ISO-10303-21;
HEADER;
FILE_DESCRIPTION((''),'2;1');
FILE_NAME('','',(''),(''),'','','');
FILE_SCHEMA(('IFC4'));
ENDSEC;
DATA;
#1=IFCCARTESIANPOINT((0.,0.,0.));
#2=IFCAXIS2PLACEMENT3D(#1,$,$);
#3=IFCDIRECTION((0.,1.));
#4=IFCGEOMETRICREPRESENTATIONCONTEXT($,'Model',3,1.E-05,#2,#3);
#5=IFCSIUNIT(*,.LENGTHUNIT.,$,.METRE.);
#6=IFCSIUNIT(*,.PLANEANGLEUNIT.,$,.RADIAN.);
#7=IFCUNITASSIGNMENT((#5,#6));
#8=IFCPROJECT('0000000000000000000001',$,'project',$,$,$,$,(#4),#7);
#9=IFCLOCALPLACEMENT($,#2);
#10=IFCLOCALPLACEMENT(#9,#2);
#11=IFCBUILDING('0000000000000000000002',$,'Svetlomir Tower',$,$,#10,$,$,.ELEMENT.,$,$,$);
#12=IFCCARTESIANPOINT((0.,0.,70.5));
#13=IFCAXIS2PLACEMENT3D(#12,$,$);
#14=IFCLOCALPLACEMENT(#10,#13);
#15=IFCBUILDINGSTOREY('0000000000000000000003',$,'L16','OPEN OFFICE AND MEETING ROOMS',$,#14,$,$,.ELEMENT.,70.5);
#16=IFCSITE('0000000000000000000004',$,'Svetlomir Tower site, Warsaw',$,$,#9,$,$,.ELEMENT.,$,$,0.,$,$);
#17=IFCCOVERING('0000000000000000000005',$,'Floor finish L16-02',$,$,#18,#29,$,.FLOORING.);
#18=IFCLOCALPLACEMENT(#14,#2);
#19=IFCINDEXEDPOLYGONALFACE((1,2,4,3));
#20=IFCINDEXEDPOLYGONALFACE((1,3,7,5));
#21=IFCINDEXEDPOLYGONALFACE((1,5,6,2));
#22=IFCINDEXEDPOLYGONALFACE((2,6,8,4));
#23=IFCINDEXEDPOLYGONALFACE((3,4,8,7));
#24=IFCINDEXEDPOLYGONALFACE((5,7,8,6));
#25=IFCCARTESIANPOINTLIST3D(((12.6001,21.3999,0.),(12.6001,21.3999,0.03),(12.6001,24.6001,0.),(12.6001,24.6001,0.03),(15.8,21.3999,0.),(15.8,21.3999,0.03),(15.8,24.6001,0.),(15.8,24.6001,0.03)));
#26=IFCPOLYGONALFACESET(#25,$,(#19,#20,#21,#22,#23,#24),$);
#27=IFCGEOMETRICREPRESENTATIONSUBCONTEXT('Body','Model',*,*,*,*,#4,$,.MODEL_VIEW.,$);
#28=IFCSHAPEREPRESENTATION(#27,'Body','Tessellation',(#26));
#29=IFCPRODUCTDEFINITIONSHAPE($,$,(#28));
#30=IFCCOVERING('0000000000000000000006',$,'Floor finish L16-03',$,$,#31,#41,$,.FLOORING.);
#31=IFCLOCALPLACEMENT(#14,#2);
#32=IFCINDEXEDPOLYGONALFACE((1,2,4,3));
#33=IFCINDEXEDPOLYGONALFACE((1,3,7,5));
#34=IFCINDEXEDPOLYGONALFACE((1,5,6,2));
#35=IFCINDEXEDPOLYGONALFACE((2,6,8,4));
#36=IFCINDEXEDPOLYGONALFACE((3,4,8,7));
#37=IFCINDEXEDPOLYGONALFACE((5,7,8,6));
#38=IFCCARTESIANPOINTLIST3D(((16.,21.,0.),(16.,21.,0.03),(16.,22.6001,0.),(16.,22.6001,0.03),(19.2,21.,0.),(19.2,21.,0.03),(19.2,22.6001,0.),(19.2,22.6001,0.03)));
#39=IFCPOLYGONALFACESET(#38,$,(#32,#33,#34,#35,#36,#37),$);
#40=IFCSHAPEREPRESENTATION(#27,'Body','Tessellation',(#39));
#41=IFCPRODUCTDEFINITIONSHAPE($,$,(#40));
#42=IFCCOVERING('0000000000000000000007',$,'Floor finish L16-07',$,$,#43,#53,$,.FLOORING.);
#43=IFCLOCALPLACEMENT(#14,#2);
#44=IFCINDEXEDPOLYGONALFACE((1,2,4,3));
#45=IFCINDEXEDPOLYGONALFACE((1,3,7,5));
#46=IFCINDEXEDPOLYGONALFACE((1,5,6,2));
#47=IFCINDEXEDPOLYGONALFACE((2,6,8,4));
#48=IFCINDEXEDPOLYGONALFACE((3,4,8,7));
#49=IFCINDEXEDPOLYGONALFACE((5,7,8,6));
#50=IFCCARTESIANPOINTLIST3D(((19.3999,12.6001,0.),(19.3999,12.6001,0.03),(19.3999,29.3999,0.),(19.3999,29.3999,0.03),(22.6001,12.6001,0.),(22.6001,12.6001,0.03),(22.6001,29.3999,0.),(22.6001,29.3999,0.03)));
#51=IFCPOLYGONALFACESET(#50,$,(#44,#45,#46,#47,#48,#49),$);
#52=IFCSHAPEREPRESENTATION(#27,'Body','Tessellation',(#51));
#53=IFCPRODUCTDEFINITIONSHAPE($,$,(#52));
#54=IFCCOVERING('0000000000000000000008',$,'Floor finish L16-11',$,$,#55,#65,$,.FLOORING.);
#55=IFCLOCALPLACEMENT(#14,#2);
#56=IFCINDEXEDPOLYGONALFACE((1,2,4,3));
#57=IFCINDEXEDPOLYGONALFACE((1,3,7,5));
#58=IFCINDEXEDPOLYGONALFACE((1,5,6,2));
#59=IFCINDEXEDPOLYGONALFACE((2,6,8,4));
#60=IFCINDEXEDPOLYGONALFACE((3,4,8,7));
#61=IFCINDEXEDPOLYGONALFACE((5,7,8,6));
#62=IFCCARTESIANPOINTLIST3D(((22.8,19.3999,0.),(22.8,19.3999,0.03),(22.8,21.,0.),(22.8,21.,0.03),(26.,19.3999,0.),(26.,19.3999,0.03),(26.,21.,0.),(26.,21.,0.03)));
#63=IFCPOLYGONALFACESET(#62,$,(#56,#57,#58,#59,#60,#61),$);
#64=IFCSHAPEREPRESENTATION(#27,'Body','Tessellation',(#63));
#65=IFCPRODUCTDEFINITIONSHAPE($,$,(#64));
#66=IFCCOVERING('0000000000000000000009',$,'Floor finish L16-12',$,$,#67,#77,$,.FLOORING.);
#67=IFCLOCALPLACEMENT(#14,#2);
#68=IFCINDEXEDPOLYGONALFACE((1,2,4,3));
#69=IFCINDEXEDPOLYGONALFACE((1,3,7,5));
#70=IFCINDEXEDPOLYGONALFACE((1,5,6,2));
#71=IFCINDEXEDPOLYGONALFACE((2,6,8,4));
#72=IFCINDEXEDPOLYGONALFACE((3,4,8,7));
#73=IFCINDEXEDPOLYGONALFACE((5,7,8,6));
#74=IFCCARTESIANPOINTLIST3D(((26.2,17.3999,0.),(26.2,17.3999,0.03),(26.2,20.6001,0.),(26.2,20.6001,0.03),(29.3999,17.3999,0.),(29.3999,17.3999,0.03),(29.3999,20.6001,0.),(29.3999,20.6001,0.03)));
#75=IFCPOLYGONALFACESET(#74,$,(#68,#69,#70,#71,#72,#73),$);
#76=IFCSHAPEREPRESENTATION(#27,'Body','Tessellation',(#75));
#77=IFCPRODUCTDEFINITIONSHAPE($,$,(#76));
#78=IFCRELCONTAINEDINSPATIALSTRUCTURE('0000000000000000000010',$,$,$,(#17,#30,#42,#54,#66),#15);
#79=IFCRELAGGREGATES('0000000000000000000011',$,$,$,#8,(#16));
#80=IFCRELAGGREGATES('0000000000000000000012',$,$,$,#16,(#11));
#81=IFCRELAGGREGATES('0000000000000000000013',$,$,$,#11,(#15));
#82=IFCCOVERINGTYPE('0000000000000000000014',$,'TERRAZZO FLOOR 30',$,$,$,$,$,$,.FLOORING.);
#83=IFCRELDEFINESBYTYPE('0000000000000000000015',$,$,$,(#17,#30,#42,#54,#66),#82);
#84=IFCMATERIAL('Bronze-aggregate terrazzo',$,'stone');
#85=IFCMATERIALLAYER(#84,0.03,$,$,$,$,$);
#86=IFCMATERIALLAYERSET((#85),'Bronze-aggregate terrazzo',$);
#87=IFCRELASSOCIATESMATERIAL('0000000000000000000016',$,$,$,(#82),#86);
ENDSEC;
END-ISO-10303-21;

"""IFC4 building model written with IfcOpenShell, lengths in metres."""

from ifc_helpers import new_model, si_unit, direction, frame, origin, place, context, subcontext, project, spatial, polyline, outline, extrude, material, layer, layer_set, type_object, element, save


model = new_model("IFC4")

# Units and contexts
model_context = context("Model", 3, precision=1e-05, world=origin(), true_north=direction((0.0, 1.0)))
body_context = subcontext(model_context, "Body", "Model", "MODEL_VIEW")
ifc_project = project(units=[si_unit("LENGTHUNIT", "METRE"), si_unit("PLANEANGLEUNIT", "RADIAN")], contexts=[model_context])

# Site, building, storey
site_placement = place(None, origin())
site = spatial("IfcSite", under=ifc_project, at=site_placement, Name="Svetlomir Tower site, Warsaw", CompositionType="ELEMENT", RefElevation=0.0)
building_placement = place(site_placement, origin())
building = spatial("IfcBuilding", under=site, at=building_placement, Name="Svetlomir Tower", CompositionType="ELEMENT")
storey_placement = place(building_placement, frame((0.0, 0.0, 70.5)))
storey = spatial("IfcBuildingStorey", under=building, at=storey_placement, Name="L16", Description="OPEN OFFICE AND MEETING ROOMS", CompositionType="ELEMENT", Elevation=70.5)

# Coverings
ifc_material_1 = material(Name="Bronze-aggregate terrazzo", Category="stone")
ifc_layer_1 = layer(ifc_material_1, 0.03)
ifc_layer_set_1 = layer_set([ifc_layer_1], Name="Bronze-aggregate terrazzo")
covering_type_1 = type_object("IfcCoveringType", Name="TERRAZZO FLOOR 30", PredefinedType="FLOORING", material=ifc_layer_set_1)
covering_1_placement = place(storey_placement, origin())
element("IfcCovering", 1, at=covering_1_placement, inside=storey, type_object=covering_type_1, Name="Floor finish L16-02", PredefinedType="FLOORING", context=body_context, shape_type="SweptSolid", body=[
    extrude(outline(polyline([(12.6001, 21.3999), (15.8, 21.3999), (15.8, 24.6001), (12.6001, 24.6001), (12.6001, 21.3999)])), origin(), (0.0, 0.0, 1.0), 0.03),
])
covering_2_placement = place(storey_placement, origin())
element("IfcCovering", 2, at=covering_2_placement, inside=storey, type_object=covering_type_1, Name="Floor finish L16-03", PredefinedType="FLOORING", context=body_context, shape_type="SweptSolid", body=[
    extrude(outline(polyline([(16.0, 21.0), (19.2, 21.0), (19.2, 22.6001), (16.0, 22.6001), (16.0, 21.0)])), origin(), (0.0, 0.0, 1.0), 0.03),
])
covering_3_placement = place(storey_placement, origin())
element("IfcCovering", 3, at=covering_3_placement, inside=storey, type_object=covering_type_1, Name="Floor finish L16-07", PredefinedType="FLOORING", context=body_context, shape_type="SweptSolid", body=[
    extrude(outline(polyline([(19.3999, 12.6001), (22.6001, 12.6001), (22.6001, 29.3999), (19.3999, 29.3999), (19.3999, 12.6001)])), origin(), (0.0, 0.0, 1.0), 0.03),
])
covering_4_placement = place(storey_placement, origin())
element("IfcCovering", 4, at=covering_4_placement, inside=storey, type_object=covering_type_1, Name="Floor finish L16-11", PredefinedType="FLOORING", context=body_context, shape_type="SweptSolid", body=[
    extrude(outline(polyline([(22.8, 19.3999), (26.0, 19.3999), (26.0, 21.0), (22.8, 21.0), (22.8, 19.3999)])), origin(), (0.0, 0.0, 1.0), 0.03),
])
covering_5_placement = place(storey_placement, origin())
element("IfcCovering", 5, at=covering_5_placement, inside=storey, type_object=covering_type_1, Name="Floor finish L16-12", PredefinedType="FLOORING", context=body_context, shape_type="SweptSolid", body=[
    extrude(outline(polyline([(26.2, 17.3999), (29.3999, 17.3999), (29.3999, 20.6001), (26.2, 20.6001), (26.2, 17.3999)])), origin(), (0.0, 0.0, 1.0), 0.03),
])

save(model, "model.ifc")
